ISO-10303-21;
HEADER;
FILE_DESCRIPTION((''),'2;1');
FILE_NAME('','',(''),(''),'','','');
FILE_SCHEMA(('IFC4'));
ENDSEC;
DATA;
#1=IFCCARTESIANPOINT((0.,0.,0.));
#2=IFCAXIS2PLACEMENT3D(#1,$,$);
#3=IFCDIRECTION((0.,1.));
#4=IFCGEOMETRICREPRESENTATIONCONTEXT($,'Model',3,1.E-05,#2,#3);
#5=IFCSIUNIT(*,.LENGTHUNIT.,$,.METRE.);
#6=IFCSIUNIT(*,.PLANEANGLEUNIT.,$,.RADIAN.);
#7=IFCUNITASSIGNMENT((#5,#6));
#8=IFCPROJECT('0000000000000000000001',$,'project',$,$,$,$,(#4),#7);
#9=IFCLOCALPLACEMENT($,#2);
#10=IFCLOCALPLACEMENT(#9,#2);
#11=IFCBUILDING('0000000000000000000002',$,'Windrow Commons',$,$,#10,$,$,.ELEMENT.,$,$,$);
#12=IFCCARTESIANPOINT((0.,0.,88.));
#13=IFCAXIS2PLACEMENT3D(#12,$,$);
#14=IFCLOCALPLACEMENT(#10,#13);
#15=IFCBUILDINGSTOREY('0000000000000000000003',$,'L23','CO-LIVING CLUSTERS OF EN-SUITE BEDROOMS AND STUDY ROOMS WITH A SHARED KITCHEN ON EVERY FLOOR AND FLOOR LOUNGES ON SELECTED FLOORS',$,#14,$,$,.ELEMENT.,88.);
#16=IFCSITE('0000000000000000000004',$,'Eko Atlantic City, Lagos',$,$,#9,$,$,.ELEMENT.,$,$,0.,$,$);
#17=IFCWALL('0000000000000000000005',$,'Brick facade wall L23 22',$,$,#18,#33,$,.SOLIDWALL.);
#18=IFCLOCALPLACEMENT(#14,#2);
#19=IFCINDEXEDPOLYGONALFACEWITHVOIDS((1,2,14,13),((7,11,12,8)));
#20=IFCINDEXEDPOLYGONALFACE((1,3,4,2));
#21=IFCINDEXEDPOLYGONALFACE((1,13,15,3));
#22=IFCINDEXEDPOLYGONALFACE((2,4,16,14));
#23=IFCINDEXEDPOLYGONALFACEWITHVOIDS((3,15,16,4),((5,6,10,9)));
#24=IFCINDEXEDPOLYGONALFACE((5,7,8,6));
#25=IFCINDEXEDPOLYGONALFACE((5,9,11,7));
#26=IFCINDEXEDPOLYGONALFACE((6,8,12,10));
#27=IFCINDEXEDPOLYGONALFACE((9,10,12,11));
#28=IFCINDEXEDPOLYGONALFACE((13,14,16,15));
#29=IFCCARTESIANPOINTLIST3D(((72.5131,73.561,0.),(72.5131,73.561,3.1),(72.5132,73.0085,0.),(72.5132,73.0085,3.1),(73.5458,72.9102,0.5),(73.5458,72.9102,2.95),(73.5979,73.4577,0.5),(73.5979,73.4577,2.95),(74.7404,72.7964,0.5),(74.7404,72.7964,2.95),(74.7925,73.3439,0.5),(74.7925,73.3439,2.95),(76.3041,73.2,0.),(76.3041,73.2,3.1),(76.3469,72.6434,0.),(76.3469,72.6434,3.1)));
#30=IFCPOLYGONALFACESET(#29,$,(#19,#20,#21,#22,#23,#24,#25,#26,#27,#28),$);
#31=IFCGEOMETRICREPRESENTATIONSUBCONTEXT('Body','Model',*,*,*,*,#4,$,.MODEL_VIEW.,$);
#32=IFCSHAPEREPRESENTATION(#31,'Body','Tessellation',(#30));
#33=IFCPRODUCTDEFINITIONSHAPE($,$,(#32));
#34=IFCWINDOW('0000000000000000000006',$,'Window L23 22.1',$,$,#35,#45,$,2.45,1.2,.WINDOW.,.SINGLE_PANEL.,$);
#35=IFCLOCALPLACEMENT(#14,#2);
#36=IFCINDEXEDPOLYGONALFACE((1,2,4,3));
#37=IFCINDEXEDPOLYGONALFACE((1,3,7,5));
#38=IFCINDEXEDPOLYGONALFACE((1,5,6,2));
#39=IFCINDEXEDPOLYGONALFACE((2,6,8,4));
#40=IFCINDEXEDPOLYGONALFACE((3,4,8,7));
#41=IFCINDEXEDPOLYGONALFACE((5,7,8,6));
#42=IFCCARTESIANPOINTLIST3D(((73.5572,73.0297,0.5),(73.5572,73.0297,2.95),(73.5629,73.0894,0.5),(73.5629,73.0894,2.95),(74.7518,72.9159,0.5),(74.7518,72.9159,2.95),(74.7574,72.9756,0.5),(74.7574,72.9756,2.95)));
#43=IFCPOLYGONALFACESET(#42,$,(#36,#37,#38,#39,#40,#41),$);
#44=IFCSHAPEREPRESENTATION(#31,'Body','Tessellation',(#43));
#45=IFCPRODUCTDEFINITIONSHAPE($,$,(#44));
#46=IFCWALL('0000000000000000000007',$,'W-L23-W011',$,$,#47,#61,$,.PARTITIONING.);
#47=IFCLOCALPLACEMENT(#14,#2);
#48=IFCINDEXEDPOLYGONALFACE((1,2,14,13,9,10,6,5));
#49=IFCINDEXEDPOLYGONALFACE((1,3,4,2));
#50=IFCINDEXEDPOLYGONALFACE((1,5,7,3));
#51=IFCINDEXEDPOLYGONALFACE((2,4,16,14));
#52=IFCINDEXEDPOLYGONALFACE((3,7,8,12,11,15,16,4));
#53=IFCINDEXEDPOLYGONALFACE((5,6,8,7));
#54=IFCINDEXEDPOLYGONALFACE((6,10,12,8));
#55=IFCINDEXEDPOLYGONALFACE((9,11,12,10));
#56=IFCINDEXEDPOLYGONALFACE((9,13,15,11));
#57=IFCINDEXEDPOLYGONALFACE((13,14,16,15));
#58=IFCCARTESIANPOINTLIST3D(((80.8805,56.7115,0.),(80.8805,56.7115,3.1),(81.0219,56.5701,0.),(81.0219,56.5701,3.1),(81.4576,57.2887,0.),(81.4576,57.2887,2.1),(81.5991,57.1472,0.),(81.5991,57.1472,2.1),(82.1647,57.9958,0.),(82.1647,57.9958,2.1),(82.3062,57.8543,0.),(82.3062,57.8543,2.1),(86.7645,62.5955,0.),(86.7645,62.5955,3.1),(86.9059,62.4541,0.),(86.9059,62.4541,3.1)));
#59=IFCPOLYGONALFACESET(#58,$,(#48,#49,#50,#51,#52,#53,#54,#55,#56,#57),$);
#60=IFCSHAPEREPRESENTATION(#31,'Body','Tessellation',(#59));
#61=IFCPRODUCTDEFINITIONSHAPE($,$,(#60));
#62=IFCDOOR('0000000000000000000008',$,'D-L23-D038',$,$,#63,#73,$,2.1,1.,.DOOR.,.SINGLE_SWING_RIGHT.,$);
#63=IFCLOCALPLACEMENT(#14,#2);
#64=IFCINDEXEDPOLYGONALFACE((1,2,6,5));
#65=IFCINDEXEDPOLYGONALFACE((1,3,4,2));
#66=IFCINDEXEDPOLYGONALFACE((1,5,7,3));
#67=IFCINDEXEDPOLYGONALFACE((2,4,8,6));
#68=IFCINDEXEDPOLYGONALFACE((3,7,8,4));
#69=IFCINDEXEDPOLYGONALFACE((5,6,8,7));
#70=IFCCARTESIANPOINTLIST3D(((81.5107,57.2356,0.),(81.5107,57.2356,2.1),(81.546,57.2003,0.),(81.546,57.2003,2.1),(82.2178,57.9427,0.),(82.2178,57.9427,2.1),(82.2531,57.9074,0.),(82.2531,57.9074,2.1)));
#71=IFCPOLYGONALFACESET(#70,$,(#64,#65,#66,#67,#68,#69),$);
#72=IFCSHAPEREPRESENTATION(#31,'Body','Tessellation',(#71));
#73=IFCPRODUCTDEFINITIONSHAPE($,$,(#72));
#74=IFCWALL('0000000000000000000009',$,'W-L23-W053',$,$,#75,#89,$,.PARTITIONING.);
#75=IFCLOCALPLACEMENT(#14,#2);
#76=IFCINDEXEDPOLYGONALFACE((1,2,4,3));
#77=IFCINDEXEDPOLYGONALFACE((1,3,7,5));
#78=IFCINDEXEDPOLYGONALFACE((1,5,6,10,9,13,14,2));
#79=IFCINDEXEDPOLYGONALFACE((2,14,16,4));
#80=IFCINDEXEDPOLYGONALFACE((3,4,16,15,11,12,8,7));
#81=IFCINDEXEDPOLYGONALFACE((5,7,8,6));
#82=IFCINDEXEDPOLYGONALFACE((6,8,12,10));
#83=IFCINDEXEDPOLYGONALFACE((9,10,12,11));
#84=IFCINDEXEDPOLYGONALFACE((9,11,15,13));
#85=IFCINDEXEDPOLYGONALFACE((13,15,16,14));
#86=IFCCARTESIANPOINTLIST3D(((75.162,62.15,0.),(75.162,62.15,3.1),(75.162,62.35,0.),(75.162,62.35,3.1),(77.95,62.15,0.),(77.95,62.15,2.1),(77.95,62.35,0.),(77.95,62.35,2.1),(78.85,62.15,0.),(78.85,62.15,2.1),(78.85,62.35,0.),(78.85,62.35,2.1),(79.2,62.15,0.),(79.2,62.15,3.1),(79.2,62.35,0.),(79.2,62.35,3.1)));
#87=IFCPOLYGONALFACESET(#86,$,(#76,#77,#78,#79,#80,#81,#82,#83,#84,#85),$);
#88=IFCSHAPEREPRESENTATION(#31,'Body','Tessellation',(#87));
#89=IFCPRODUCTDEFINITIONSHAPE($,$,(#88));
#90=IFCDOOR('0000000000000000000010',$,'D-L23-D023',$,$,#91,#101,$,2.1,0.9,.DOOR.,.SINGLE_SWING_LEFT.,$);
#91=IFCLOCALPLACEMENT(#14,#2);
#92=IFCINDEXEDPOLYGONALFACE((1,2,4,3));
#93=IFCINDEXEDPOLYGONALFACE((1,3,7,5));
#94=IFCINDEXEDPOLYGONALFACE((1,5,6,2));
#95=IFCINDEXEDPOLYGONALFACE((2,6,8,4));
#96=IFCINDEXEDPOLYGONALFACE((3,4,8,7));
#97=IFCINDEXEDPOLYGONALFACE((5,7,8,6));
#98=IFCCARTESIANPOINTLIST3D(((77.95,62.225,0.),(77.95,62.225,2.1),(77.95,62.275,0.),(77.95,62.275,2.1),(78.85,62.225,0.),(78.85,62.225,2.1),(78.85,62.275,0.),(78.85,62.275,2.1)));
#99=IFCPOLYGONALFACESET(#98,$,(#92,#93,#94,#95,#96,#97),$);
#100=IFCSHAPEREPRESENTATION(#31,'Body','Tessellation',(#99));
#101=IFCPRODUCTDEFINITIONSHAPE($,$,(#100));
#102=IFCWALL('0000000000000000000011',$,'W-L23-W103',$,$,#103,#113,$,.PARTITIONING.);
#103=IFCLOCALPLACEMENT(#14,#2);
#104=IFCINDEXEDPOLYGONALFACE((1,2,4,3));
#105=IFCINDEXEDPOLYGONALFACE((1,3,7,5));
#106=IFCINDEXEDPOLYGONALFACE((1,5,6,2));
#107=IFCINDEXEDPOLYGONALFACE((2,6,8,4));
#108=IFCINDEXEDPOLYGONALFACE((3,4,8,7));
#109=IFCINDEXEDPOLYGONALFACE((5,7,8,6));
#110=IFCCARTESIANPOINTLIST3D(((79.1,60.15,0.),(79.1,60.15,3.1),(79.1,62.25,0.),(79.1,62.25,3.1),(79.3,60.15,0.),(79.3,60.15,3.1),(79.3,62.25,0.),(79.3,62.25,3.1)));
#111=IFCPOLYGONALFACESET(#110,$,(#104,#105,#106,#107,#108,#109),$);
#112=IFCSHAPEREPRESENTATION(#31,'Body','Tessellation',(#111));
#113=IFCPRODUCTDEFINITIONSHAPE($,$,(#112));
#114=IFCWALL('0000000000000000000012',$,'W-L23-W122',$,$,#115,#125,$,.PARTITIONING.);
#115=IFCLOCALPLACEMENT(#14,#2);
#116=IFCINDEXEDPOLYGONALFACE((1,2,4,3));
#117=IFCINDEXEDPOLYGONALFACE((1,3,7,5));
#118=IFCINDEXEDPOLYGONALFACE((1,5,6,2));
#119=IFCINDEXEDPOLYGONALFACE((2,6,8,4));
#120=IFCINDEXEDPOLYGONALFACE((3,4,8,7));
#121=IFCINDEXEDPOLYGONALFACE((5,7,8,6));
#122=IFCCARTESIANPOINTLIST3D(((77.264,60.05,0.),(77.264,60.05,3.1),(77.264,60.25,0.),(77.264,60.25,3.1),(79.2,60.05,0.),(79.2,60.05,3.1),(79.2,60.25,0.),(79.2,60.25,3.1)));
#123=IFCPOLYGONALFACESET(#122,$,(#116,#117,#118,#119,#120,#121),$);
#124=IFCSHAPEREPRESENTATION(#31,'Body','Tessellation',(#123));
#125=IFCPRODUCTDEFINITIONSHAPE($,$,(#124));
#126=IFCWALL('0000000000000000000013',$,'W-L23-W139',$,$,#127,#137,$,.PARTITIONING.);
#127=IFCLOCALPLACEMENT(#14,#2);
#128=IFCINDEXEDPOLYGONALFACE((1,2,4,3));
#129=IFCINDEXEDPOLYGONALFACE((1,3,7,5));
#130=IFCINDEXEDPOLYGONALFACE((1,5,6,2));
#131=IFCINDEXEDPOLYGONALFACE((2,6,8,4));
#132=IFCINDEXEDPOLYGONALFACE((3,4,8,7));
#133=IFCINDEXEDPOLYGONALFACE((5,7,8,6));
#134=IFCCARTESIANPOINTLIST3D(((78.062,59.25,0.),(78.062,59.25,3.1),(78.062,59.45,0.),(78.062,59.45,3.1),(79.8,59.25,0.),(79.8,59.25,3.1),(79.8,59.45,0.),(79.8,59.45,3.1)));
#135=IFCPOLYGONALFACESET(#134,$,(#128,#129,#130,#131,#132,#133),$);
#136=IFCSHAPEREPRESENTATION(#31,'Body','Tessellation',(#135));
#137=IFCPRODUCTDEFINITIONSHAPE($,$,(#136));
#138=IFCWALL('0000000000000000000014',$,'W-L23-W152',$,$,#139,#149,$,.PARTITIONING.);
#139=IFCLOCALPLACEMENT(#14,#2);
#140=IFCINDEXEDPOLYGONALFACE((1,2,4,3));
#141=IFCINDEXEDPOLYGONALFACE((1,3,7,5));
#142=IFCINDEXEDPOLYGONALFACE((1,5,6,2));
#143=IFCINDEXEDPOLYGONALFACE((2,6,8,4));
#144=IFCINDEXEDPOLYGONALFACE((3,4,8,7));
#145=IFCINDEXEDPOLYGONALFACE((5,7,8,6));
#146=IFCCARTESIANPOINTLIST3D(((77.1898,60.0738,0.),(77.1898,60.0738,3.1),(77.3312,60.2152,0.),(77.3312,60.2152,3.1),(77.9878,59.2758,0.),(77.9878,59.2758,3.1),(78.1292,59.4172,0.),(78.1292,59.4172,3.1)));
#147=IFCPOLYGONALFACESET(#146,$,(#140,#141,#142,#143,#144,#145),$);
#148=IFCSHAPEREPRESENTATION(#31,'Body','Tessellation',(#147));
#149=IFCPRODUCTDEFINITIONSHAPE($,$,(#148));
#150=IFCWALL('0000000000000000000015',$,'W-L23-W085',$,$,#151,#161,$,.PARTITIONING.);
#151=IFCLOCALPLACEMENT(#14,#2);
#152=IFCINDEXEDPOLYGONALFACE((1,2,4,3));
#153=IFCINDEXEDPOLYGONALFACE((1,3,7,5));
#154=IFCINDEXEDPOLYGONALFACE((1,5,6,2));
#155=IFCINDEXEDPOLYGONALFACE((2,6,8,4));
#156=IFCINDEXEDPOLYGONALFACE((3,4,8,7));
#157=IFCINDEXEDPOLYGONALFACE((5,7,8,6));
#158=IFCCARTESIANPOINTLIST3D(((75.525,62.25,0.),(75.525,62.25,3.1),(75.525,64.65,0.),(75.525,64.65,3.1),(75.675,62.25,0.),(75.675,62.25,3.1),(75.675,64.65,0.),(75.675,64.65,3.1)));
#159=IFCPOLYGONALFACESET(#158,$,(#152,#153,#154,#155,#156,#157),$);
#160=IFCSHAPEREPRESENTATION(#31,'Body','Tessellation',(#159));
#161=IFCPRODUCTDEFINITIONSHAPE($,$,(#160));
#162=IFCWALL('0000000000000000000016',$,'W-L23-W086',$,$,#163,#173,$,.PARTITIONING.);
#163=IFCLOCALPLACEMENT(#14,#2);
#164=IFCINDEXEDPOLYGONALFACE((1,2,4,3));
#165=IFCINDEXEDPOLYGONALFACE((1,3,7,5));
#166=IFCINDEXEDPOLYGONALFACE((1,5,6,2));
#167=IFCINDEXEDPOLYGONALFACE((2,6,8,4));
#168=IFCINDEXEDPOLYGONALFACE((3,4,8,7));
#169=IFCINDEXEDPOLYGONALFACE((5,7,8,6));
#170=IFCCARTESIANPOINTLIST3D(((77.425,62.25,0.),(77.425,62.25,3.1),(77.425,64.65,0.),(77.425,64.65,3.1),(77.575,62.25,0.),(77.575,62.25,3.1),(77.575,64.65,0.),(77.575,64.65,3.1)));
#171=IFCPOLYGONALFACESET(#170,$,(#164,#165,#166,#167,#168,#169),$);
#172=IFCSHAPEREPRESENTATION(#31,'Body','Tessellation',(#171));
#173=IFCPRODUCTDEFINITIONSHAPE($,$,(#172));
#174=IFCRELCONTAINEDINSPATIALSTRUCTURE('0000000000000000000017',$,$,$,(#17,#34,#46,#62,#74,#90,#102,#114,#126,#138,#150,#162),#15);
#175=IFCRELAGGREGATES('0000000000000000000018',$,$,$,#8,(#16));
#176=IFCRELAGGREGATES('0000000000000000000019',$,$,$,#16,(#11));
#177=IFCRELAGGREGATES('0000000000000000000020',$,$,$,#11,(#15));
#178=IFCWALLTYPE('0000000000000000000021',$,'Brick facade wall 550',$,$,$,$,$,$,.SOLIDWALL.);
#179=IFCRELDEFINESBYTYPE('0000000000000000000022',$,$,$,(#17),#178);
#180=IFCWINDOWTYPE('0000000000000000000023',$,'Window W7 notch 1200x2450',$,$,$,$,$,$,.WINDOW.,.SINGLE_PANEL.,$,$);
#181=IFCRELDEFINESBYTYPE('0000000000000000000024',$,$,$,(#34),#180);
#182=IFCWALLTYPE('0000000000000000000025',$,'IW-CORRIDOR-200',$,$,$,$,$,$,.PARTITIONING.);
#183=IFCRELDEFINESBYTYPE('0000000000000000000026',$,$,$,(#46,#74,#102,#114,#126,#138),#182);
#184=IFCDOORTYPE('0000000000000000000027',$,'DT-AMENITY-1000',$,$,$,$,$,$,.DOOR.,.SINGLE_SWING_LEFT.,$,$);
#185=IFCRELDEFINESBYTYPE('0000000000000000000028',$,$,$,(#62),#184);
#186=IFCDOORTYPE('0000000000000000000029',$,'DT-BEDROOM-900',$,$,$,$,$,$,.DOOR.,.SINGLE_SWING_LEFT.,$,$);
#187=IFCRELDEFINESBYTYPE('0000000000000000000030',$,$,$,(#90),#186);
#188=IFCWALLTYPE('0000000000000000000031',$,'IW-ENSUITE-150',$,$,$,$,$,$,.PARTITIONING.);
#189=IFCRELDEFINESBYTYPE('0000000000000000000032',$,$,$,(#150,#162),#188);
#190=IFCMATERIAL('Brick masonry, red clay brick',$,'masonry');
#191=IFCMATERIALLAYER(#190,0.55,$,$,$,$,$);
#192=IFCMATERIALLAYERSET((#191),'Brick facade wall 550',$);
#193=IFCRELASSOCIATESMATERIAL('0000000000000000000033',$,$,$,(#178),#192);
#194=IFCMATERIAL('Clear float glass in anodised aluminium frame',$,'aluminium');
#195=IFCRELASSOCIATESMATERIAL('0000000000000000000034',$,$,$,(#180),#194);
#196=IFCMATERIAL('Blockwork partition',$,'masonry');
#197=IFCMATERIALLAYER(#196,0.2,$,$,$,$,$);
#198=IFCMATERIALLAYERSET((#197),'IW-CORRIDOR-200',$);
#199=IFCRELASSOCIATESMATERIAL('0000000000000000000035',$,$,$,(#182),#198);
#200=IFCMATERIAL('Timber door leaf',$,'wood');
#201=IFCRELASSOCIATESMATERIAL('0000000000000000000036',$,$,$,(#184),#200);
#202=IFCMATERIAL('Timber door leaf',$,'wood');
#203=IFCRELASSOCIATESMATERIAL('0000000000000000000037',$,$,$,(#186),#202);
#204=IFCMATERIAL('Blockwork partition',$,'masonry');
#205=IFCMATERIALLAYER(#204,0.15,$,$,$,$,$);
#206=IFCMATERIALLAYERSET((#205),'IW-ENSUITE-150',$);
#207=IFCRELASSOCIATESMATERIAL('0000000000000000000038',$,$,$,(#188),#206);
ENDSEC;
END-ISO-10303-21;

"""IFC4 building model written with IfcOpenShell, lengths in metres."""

from ifc_helpers import new_model, si_unit, direction, frame, frame_2d, origin, place, context, subcontext, project, spatial, polyline, rectangle, outline, extrude, material, layer, layer_set, type_object, element, fill, save


model = new_model("IFC4")

# Units and contexts
model_context = context("Model", 3, precision=1e-05, world=origin(), true_north=direction((0.0, 1.0)))
body_context = subcontext(model_context, "Body", "Model", "MODEL_VIEW")
ifc_project = project(units=[si_unit("LENGTHUNIT", "METRE"), si_unit("PLANEANGLEUNIT", "RADIAN")], contexts=[model_context])

# Site, building, storey
site_placement = place(None, origin())
site = spatial("IfcSite", under=ifc_project, at=site_placement, Name="Eko Atlantic City, Lagos", CompositionType="ELEMENT", RefElevation=0.0)
building_placement = place(site_placement, origin())
building = spatial("IfcBuilding", under=site, at=building_placement, Name="Windrow Commons", CompositionType="ELEMENT")
storey_placement = place(building_placement, frame((0.0, 0.0, 88.0)))
storey = spatial("IfcBuildingStorey", under=building, at=storey_placement, Name="L23", Description="CO-LIVING CLUSTERS OF EN-SUITE BEDROOMS AND STUDY ROOMS WITH A SHARED KITCHEN ON EVERY FLOOR AND FLOOR LOUNGES ON SELECTED FLOORS", CompositionType="ELEMENT", Elevation=88.0)

# Wall, opening, window
ifc_material_1 = material(Name="Brick masonry, red clay brick", Category="masonry")
ifc_layer_1 = layer(ifc_material_1, 0.55)
ifc_layer_set_1 = layer_set([ifc_layer_1], Name="Brick facade wall 550")
wall_type_1 = type_object("IfcWallType", Name="Brick facade wall 550", PredefinedType="SOLIDWALL", material=ifc_layer_set_1)
ifc_material_2 = material(Name="Clear float glass in anodised aluminium frame", Category="aluminium")
window_type = type_object("IfcWindowType", Name="Window W7 notch 1200x2450", PartitioningType="SINGLE_PANEL", PredefinedType="WINDOW", material=ifc_material_2)
wall_1_placement = place(storey_placement, frame((76.3255, 72.9217, 0.0), z_axis=(0.0, 0.0, 1.0), x_axis=(-0.995495, 0.094813, 0.0)))
wall_1 = element("IfcWall", 1, at=wall_1_placement, inside=storey, type_object=wall_type_1, Name="Brick facade wall L23 22", PredefinedType="SOLIDWALL", context=body_context, shape_type="SweptSolid", body=[
    extrude(outline(polyline([(0.0477, -0.275), (3.8558, -0.275), (3.8034, 0.275), (-0.0477, 0.275), (0.0477, -0.275)])), origin(), (0.0, 0.0, 1.0), 3.1),
])
opening_1_placement = place(wall_1_placement, frame((1.5661, 0.0, 0.5)))
opening_1 = element("IfcOpeningElement", 2, at=opening_1_placement, cuts=wall_1, PredefinedType="OPENING", context=body_context, shape_type="SweptSolid", body=[
    extrude(rectangle(XDim=1.2, YDim=2.45, at=frame_2d((0.6, 1.225))), frame((0.0, 0.285, 0.0), z_axis=(0.0, -1.0, 0.0), x_axis=(1.0, 0.0, 0.0)), (0.0, 0.0, 1.0), 0.57),
])
window_1_placement = place(opening_1_placement, origin())
window_1 = element("IfcWindow", 3, at=window_1_placement, inside=storey, type_object=window_type, Name="Window L23 22.1", OverallHeight=2.45, OverallWidth=1.2, PartitioningType="SINGLE_PANEL", PredefinedType="WINDOW", context=body_context, shape_type="SweptSolid", body=[
    extrude(rectangle(XDim=1.2, YDim=2.45, at=frame_2d((0.6, 1.225))), frame((0.0, 0.155, 0.0), z_axis=(0.0, -1.0, 0.0), x_axis=(1.0, 0.0, 0.0)), (0.0, 0.0, 1.0), 0.06),
])
fill(opening_1, window_1)

# Walls, openings, doors
ifc_material_3 = material(Name="Blockwork partition", Category="masonry")
ifc_layer_2 = layer(ifc_material_3, 0.2)
ifc_layer_set_2 = layer_set([ifc_layer_2], Name="IW-CORRIDOR-200")
wall_type_2 = type_object("IfcWallType", Name="IW-CORRIDOR-200", PredefinedType="PARTITIONING", material=ifc_layer_set_2)
wall_2_placement = place(storey_placement, frame((80.9512, 56.6408, 0.0), z_axis=(0.0, 0.0, 1.0), x_axis=(0.707107, 0.707107, 0.0)))
wall_2 = element("IfcWall", 4, at=wall_2_placement, inside=storey, type_object=wall_type_2, Name="W-L23-W011", PredefinedType="PARTITIONING", context=body_context, shape_type="SweptSolid", body=[
    extrude(rectangle(XDim=8.3212, YDim=0.2, at=frame_2d((4.1606, 0.0))), origin(), (0.0, 0.0, 1.0), 3.1),
])
opening_2_placement = place(wall_2_placement, frame((0.8162, 0.0, 0.0)))
opening_2 = element("IfcOpeningElement", 5, at=opening_2_placement, cuts=wall_2, PredefinedType="OPENING", context=body_context, shape_type="SweptSolid", body=[
    extrude(rectangle(XDim=1.0, YDim=2.1, at=frame_2d((0.5, 1.05))), frame((0.0, 0.11, 0.0), z_axis=(0.0, -1.0, 0.0), x_axis=(1.0, 0.0, 0.0)), (0.0, 0.0, 1.0), 0.22),
])
ifc_material_4 = material(Name="Timber door leaf", Category="wood")
door_type_1 = type_object("IfcDoorType", Name="DT-AMENITY-1000", OperationType="SINGLE_SWING_LEFT", PredefinedType="DOOR", material=ifc_material_4)
door_1_placement = place(opening_2_placement, origin())
door_1 = element("IfcDoor", 6, at=door_1_placement, inside=storey, type_object=door_type_1, Name="D-L23-D038", OperationType="SINGLE_SWING_RIGHT", OverallHeight=2.1, OverallWidth=1.0, PredefinedType="DOOR", context=body_context, shape_type="SweptSolid", body=[
    extrude(rectangle(XDim=1.0, YDim=2.1, at=frame_2d((0.5, 1.05))), frame((0.0, 0.025, 0.0), z_axis=(0.0, -1.0, 0.0), x_axis=(1.0, 0.0, 0.0)), (0.0, 0.0, 1.0), 0.05),
])
fill(opening_2, door_1)
wall_3_placement = place(storey_placement, frame((75.162, 62.25, 0.0), z_axis=(0.0, 0.0, 1.0), x_axis=(1.0, 0.0, 0.0)))
wall_3 = element("IfcWall", 7, at=wall_3_placement, inside=storey, type_object=wall_type_2, Name="W-L23-W053", PredefinedType="PARTITIONING", context=body_context, shape_type="SweptSolid", body=[
    extrude(rectangle(XDim=4.038, YDim=0.2, at=frame_2d((2.019, 0.0))), origin(), (0.0, 0.0, 1.0), 3.1),
])
opening_3_placement = place(wall_3_placement, frame((2.788, 0.0, 0.0)))
opening_3 = element("IfcOpeningElement", 8, at=opening_3_placement, cuts=wall_3, PredefinedType="OPENING", context=body_context, shape_type="SweptSolid", body=[
    extrude(rectangle(XDim=0.9, YDim=2.1, at=frame_2d((0.45, 1.05))), frame((0.0, 0.11, 0.0), z_axis=(0.0, -1.0, 0.0), x_axis=(1.0, 0.0, 0.0)), (0.0, 0.0, 1.0), 0.22),
])
ifc_material_5 = material(Name="Timber door leaf", Category="wood")
door_type_2 = type_object("IfcDoorType", Name="DT-BEDROOM-900", OperationType="SINGLE_SWING_LEFT", PredefinedType="DOOR", material=ifc_material_5)
door_2_placement = place(opening_3_placement, origin())
door_2 = element("IfcDoor", 9, at=door_2_placement, inside=storey, type_object=door_type_2, Name="D-L23-D023", OperationType="SINGLE_SWING_LEFT", OverallHeight=2.1, OverallWidth=0.9, PredefinedType="DOOR", context=body_context, shape_type="SweptSolid", body=[
    extrude(rectangle(XDim=0.9, YDim=2.1, at=frame_2d((0.45, 1.05))), frame((0.0, 0.025, 0.0), z_axis=(0.0, -1.0, 0.0), x_axis=(1.0, 0.0, 0.0)), (0.0, 0.0, 1.0), 0.05),
])
fill(opening_3, door_2)

# Walls
wall_4_placement = place(storey_placement, frame((79.2, 60.15, 0.0), z_axis=(0.0, 0.0, 1.0), x_axis=(0.0, 1.0, 0.0)))
element("IfcWall", 10, at=wall_4_placement, inside=storey, type_object=wall_type_2, Name="W-L23-W103", PredefinedType="PARTITIONING", context=body_context, shape_type="SweptSolid", body=[
    extrude(rectangle(XDim=2.1, YDim=0.2, at=frame_2d((1.05, 0.0))), origin(), (0.0, 0.0, 1.0), 3.1),
])
wall_5_placement = place(storey_placement, frame((77.264, 60.15, 0.0), z_axis=(0.0, 0.0, 1.0), x_axis=(1.0, 0.0, 0.0)))
element("IfcWall", 11, at=wall_5_placement, inside=storey, type_object=wall_type_2, Name="W-L23-W122", PredefinedType="PARTITIONING", context=body_context, shape_type="SweptSolid", body=[
    extrude(rectangle(XDim=1.936, YDim=0.2, at=frame_2d((0.968, 0.0))), origin(), (0.0, 0.0, 1.0), 3.1),
])
wall_6_placement = place(storey_placement, frame((78.062, 59.35, 0.0), z_axis=(0.0, 0.0, 1.0), x_axis=(1.0, 0.0, 0.0)))
element("IfcWall", 12, at=wall_6_placement, inside=storey, type_object=wall_type_2, Name="W-L23-W139", PredefinedType="PARTITIONING", context=body_context, shape_type="SweptSolid", body=[
    extrude(rectangle(XDim=1.738, YDim=0.2, at=frame_2d((0.869, 0.0))), origin(), (0.0, 0.0, 1.0), 3.1),
])
wall_7_placement = place(storey_placement, frame((77.2605, 60.1445, 0.0), z_axis=(0.0, 0.0, 1.0), x_axis=(0.707107, -0.707107, 0.0)))
element("IfcWall", 13, at=wall_7_placement, inside=storey, type_object=wall_type_2, Name="W-L23-W152", PredefinedType="PARTITIONING", context=body_context, shape_type="SweptSolid", body=[
    extrude(rectangle(XDim=1.1285, YDim=0.2, at=frame_2d((0.5643, 0.0))), origin(), (0.0, 0.0, 1.0), 3.1),
])
ifc_material_6 = material(Name="Blockwork partition", Category="masonry")
ifc_layer_3 = layer(ifc_material_6, 0.15)
ifc_layer_set_3 = layer_set([ifc_layer_3], Name="IW-ENSUITE-150")
wall_type_3 = type_object("IfcWallType", Name="IW-ENSUITE-150", PredefinedType="PARTITIONING", material=ifc_layer_set_3)
for number, where, z_axis, x_axis, name in (
    (14, (75.6, 62.25, 0.0), (0.0, 0.0, 1.0), (0.0, 1.0, 0.0), "W-L23-W085"),
    (15, (77.5, 62.25, 0.0), (0.0, 0.0, 1.0), (0.0, 1.0, 0.0), "W-L23-W086"),
):
    element("IfcWall", number, at=place(storey_placement, frame(where, z_axis=z_axis, x_axis=x_axis)), inside=storey, type_object=wall_type_3, Name=name, PredefinedType="PARTITIONING", context=body_context, shape_type="SweptSolid", body=[
        extrude(rectangle(XDim=2.4, YDim=0.15, at=frame_2d((1.2, 0.0))), origin(), (0.0, 0.0, 1.0), 3.1),
    ])

save(model, "model.ifc")
